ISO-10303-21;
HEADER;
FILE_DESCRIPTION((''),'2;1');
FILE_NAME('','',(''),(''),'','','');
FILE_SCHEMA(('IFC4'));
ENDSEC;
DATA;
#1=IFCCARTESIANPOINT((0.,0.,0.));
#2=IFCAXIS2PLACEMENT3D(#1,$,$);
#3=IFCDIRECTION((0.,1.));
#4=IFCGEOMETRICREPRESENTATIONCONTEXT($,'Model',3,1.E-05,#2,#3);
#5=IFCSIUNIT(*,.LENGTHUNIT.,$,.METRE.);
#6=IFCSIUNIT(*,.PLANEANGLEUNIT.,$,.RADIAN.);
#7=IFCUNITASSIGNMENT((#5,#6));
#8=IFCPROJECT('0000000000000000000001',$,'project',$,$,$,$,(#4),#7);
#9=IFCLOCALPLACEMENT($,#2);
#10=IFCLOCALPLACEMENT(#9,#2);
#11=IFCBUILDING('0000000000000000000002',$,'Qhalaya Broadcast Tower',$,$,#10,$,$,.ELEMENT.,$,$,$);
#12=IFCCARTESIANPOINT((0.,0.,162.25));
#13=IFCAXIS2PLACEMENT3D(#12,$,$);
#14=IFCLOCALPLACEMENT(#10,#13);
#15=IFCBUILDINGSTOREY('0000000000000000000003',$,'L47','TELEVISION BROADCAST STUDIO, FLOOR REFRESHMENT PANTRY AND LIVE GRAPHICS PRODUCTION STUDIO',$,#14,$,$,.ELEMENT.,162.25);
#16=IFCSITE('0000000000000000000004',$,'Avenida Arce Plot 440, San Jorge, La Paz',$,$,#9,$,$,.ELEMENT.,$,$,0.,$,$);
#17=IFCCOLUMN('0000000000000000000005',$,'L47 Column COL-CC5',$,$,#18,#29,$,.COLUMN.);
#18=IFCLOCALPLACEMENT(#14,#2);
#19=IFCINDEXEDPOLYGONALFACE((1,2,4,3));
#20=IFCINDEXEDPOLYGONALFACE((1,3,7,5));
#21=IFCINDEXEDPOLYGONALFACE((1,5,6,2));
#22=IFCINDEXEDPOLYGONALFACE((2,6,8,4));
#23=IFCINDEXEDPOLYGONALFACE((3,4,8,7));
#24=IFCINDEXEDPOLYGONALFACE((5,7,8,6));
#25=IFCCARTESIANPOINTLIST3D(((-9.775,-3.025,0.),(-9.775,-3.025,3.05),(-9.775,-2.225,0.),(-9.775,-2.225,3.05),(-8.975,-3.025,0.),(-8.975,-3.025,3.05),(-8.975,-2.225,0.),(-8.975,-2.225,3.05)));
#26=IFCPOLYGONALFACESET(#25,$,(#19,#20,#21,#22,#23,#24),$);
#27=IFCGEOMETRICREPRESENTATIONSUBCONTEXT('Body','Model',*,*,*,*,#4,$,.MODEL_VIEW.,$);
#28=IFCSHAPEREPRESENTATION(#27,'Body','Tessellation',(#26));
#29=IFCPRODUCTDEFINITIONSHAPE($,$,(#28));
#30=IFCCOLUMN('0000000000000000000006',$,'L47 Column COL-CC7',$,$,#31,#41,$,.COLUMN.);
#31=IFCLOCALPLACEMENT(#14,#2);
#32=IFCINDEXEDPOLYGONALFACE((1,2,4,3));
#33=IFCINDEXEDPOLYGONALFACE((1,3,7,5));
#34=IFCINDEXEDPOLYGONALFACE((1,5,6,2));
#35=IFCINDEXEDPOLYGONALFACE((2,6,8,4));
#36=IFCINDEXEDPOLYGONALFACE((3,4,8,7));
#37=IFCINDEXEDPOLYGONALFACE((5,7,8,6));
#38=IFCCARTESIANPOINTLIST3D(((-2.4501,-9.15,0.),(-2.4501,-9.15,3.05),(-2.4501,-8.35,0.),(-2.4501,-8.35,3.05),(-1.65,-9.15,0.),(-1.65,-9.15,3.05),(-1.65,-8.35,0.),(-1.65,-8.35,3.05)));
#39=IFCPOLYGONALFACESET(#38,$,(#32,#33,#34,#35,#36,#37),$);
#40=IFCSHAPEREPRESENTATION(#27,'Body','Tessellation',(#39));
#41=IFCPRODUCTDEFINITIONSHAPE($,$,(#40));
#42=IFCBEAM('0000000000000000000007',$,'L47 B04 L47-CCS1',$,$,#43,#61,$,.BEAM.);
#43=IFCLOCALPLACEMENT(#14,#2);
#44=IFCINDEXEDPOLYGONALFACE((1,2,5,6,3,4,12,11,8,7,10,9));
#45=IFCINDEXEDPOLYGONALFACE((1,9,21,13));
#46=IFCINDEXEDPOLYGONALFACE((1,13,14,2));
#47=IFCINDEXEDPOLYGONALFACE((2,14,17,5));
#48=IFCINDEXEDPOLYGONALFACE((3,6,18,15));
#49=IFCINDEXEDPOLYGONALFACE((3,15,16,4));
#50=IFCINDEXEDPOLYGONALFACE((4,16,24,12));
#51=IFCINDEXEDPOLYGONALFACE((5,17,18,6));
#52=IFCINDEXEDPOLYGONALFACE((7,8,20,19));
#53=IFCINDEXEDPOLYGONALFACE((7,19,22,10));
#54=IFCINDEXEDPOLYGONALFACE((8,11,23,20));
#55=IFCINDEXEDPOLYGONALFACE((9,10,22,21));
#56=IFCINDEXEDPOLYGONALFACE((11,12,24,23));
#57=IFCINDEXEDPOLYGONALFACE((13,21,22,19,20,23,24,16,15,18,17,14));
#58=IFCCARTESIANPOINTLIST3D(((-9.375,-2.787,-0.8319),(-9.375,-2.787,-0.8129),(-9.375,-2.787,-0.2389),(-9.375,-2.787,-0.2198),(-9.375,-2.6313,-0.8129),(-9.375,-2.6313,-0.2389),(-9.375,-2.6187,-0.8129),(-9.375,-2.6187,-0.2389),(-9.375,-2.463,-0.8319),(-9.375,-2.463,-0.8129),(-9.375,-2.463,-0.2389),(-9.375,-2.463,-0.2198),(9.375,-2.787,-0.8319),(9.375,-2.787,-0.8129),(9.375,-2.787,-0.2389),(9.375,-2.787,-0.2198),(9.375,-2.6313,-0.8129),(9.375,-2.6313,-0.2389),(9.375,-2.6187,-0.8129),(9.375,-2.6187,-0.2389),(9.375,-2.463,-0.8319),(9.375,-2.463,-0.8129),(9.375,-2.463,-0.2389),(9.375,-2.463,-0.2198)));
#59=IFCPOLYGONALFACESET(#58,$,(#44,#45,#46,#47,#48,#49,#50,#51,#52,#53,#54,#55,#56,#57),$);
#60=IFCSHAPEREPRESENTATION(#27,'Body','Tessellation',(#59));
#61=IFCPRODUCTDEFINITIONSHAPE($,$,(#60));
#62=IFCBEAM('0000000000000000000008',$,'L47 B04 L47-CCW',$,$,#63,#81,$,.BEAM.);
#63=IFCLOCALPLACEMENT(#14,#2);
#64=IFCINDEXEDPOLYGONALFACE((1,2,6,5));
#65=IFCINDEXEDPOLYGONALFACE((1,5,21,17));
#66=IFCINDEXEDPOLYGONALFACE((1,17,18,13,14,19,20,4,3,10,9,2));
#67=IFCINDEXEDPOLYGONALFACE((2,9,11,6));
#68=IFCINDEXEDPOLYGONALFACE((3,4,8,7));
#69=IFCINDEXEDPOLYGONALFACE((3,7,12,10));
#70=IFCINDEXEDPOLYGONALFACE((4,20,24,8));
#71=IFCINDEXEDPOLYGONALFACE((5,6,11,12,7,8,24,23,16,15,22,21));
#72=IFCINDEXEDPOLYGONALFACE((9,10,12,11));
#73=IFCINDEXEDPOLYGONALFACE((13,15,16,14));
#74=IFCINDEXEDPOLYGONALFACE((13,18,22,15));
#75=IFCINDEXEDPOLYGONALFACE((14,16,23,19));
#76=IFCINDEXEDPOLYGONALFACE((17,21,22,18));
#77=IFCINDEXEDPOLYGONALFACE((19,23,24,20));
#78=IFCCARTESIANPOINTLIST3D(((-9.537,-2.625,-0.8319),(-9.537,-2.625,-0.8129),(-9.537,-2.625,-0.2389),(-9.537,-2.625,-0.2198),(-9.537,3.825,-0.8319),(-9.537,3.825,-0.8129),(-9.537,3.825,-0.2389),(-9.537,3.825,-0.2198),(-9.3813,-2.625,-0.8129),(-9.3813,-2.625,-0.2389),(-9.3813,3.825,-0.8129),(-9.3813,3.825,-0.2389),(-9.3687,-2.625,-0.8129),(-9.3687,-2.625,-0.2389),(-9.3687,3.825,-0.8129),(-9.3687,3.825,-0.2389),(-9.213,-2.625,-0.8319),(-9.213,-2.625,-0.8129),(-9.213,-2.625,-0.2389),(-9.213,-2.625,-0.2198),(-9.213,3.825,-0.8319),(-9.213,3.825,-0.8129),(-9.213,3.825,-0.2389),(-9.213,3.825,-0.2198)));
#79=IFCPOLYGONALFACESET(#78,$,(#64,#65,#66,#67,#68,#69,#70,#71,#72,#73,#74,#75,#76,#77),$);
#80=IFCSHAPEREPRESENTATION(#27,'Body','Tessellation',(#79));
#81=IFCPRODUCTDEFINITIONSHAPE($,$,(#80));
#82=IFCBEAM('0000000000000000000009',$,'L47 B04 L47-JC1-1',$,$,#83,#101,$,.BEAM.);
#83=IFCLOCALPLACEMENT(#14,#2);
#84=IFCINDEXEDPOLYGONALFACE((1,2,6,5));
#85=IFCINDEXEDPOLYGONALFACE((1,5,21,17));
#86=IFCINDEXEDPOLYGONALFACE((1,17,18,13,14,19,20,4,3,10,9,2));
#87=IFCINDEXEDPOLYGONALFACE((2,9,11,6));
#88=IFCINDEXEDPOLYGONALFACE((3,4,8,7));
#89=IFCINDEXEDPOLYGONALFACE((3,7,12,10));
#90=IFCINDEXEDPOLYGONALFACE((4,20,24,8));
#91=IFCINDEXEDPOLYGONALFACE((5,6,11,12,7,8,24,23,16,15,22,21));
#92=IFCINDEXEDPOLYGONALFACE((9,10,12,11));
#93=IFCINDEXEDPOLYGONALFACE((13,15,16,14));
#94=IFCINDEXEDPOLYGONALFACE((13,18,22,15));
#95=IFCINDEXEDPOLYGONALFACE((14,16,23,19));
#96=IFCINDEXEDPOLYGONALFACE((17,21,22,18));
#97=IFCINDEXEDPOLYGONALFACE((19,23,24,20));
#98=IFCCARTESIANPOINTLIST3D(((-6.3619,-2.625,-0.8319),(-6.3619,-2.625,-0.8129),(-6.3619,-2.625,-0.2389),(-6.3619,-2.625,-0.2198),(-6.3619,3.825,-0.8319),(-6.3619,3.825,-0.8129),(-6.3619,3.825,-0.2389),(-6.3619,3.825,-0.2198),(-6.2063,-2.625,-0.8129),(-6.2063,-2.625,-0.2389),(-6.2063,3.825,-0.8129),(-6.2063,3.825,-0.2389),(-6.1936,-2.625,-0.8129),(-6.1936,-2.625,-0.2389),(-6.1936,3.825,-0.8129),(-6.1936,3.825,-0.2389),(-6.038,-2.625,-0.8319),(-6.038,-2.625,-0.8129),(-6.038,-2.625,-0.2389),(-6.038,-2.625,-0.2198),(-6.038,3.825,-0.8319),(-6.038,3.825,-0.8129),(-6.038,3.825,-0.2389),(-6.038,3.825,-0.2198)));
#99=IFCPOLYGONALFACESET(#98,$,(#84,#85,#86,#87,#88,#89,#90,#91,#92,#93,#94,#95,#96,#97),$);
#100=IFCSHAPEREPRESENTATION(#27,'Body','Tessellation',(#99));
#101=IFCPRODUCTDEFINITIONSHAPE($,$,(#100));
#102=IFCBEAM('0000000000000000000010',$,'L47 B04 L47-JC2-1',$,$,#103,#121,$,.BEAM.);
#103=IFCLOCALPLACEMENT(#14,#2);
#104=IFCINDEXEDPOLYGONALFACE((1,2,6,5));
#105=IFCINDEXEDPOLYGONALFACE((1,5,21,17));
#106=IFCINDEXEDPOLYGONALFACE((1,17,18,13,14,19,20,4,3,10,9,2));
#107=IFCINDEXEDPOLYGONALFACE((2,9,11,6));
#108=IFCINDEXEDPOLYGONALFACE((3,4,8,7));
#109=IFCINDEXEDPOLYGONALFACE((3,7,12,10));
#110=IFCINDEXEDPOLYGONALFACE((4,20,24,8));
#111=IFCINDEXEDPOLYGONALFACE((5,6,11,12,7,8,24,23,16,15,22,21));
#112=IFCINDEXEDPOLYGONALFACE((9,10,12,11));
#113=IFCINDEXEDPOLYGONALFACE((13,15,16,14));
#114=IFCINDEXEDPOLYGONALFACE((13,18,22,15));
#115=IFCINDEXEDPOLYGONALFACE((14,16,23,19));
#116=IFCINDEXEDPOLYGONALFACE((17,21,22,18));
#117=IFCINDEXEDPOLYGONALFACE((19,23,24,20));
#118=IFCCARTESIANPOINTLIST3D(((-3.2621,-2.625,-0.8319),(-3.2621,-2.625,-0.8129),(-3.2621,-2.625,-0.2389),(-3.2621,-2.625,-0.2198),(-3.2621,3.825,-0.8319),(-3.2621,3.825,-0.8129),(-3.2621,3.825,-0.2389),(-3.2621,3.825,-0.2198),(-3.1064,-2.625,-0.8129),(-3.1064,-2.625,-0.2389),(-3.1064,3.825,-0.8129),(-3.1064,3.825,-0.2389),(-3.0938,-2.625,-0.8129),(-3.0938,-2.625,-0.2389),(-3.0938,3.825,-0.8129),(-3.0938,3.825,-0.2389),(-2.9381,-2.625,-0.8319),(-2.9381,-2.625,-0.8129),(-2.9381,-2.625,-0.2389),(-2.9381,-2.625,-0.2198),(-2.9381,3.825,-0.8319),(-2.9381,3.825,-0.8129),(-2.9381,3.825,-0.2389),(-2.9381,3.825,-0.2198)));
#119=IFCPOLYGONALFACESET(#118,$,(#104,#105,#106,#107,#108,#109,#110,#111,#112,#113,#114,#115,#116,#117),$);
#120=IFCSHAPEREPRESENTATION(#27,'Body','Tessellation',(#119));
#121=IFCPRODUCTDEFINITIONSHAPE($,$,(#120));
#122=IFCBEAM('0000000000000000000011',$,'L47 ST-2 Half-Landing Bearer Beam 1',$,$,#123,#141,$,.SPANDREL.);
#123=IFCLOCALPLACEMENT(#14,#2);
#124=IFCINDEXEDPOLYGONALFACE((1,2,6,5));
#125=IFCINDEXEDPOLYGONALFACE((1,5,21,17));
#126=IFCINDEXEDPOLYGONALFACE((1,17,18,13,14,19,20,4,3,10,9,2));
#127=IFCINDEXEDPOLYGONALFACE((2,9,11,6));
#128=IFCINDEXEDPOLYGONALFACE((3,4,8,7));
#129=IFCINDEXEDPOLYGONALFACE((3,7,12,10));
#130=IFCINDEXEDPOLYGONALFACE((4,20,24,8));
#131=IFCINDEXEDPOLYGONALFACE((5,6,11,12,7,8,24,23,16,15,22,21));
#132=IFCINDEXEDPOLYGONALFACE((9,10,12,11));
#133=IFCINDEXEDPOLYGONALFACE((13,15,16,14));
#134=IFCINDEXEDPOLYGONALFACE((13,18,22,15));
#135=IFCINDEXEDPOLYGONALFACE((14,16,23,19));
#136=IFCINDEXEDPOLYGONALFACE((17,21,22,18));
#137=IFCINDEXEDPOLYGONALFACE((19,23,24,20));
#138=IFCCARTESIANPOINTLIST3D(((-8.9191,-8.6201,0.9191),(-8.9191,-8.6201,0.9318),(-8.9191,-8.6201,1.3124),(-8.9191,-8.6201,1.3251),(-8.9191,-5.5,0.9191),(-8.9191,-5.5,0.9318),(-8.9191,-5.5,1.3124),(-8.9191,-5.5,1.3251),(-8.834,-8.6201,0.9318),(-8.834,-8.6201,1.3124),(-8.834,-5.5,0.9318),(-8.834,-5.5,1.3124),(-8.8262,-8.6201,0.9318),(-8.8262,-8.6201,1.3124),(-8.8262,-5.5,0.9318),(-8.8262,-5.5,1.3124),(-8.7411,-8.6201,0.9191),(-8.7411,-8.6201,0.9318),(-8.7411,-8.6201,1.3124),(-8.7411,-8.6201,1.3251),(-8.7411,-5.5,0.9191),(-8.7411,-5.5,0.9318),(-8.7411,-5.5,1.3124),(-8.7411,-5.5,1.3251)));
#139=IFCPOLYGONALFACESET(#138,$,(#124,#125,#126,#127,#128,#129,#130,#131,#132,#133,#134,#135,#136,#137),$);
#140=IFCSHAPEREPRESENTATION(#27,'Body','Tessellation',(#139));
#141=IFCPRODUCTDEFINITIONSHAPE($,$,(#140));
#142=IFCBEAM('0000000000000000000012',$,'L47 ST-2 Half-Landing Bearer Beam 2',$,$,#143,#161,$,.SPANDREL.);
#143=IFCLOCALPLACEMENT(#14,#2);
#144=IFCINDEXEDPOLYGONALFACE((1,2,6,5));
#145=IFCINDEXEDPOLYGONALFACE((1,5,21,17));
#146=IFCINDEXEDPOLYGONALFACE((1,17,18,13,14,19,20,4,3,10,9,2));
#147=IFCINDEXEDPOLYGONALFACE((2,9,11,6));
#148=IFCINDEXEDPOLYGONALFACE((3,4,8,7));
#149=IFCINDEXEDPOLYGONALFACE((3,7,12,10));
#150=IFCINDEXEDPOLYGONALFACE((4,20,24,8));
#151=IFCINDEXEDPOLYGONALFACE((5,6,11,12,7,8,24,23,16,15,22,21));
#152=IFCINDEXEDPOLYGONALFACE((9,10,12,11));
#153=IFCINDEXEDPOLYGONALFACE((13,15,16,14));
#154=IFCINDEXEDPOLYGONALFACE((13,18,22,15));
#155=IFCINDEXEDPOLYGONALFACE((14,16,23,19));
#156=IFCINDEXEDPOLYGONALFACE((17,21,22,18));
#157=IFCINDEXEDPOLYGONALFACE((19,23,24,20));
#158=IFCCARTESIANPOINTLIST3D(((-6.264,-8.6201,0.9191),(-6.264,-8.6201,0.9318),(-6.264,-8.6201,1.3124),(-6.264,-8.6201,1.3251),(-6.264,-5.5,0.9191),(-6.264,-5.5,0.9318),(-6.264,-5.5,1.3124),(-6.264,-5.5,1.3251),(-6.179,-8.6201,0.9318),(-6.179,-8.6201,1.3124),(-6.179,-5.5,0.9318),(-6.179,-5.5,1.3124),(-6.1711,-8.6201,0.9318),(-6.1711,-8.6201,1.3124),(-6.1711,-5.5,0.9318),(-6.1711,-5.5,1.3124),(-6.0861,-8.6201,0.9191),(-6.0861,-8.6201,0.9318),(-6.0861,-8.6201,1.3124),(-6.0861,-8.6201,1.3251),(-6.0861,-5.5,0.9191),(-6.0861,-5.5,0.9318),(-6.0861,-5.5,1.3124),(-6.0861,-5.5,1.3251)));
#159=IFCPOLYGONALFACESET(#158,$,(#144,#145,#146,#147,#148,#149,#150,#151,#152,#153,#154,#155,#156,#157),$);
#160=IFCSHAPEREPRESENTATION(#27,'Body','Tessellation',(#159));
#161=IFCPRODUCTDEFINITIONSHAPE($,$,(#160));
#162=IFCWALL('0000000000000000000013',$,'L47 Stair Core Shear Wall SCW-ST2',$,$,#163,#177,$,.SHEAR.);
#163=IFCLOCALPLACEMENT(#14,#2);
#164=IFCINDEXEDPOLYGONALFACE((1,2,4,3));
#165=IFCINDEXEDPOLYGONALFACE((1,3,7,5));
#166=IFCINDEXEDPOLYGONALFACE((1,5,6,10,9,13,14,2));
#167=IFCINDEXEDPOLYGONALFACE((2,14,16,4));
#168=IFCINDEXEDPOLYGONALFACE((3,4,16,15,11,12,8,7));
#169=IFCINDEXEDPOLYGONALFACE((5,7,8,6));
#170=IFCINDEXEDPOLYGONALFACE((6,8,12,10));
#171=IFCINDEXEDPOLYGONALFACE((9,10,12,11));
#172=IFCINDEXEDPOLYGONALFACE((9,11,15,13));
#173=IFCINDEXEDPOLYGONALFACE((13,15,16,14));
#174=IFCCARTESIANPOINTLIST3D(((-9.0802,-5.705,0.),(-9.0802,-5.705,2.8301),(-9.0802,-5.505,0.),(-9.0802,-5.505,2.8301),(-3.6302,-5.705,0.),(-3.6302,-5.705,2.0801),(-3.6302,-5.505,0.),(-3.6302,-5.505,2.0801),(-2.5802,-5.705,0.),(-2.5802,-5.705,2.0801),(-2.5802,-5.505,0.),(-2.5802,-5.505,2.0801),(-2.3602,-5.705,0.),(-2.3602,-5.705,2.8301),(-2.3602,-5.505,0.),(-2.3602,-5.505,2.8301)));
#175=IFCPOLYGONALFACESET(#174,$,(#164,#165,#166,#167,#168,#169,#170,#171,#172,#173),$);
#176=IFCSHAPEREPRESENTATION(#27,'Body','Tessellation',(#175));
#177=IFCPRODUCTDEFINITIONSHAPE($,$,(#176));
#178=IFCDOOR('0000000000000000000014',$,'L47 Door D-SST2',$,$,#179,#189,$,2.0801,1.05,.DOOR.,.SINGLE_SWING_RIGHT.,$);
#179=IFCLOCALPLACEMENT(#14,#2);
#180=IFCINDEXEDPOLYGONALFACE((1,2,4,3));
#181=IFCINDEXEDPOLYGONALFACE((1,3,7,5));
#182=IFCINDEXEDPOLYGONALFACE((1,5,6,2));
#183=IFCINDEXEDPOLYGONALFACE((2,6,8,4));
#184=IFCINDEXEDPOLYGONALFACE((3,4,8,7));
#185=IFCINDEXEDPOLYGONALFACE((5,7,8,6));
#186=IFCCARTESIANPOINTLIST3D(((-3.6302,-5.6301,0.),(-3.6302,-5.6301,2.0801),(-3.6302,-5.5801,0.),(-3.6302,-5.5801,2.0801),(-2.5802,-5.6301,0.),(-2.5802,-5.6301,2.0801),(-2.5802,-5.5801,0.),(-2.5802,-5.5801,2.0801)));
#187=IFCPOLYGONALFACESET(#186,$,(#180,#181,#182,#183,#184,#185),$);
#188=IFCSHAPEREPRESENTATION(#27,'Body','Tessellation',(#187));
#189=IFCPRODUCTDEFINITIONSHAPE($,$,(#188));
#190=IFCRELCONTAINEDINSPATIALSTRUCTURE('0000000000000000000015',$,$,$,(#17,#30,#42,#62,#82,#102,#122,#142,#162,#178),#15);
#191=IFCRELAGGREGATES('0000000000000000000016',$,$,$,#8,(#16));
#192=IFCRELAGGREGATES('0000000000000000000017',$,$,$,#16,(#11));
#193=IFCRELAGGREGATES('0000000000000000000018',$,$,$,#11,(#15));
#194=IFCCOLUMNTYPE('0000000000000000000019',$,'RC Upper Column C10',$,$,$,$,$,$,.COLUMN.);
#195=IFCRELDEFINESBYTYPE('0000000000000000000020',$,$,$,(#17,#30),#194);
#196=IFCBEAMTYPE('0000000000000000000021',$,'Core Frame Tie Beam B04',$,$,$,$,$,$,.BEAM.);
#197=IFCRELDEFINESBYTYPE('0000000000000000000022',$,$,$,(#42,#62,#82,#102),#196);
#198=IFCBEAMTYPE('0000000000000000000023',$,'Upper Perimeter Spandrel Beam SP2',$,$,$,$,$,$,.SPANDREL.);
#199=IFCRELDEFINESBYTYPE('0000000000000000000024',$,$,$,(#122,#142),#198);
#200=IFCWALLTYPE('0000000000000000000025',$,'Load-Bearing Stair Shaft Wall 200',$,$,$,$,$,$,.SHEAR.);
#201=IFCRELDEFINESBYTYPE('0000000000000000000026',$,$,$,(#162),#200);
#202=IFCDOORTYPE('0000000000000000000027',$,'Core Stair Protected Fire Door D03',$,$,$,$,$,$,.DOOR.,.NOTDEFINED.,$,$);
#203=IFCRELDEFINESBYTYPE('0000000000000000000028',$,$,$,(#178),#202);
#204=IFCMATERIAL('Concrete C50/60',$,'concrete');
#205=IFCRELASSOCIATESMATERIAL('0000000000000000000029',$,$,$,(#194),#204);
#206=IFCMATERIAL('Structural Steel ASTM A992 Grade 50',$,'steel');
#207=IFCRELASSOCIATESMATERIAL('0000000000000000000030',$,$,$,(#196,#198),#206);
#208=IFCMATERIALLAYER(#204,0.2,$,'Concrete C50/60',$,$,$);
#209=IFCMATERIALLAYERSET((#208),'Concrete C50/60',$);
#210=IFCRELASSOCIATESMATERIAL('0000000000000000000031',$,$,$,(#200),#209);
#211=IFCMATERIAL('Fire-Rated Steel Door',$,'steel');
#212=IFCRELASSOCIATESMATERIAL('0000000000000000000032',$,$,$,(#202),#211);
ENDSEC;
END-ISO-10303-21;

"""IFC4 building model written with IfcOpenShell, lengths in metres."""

from ifc_helpers import new_model, si_unit, direction, frame, frame_2d, origin, origin_2d, place, context, subcontext, project, spatial, rectangle, i_section, extrude, material, layer, layer_set, material_profile, profile_set, type_object, element, fill, save


model = new_model("IFC4")

# Units and contexts
model_context = context("Model", 3, precision=1e-05, world=origin(), true_north=direction((0.0, 1.0)))
body_context = subcontext(model_context, "Body", "Model", "MODEL_VIEW")
ifc_project = project(units=[si_unit("LENGTHUNIT", "METRE"), si_unit("PLANEANGLEUNIT", "RADIAN")], contexts=[model_context])

# Site, building, storey
site_placement = place(None, origin())
site = spatial("IfcSite", under=ifc_project, at=site_placement, Name="Avenida Arce Plot 440, San Jorge, La Paz", CompositionType="ELEMENT", RefElevation=0.0)
building_placement = place(site_placement, origin())
building = spatial("IfcBuilding", under=site, at=building_placement, Name="Qhalaya Broadcast Tower", CompositionType="ELEMENT")
storey_placement = place(building_placement, frame((0.0, 0.0, 162.25)))
storey = spatial("IfcBuildingStorey", under=building, at=storey_placement, Name="L47", Description="TELEVISION BROADCAST STUDIO, FLOOR REFRESHMENT PANTRY AND LIVE GRAPHICS PRODUCTION STUDIO", CompositionType="ELEMENT", Elevation=162.25)

# Columns
ifc_material_1 = material(Name="Concrete C50/60", Category="concrete")
ifc_material_profile_1 = material_profile(ifc_material_1, rectangle(XDim=0.8, YDim=0.8, at=origin_2d()), Name="RC-COL 800x800")
ifc_profile_set_1 = profile_set([ifc_material_profile_1], Name="Concrete C50/60")
column_type = type_object("IfcColumnType", Name="RC Upper Column C10", PredefinedType="COLUMN", material=ifc_profile_set_1)
for number, where, z_axis, x_axis, name in (
    (1, (-9.375, -2.625, 0.0), (0.0, 0.0, 1.0), (1.0, 0.0, 0.0), "L47 Column COL-CC5"),
    (2, (-2.05, -8.75, 0.0), (0.0, 0.0, 1.0), (1.0, 0.0, 0.0), "L47 Column COL-CC7"),
):
    element("IfcColumn", number, at=place(storey_placement, frame(where, z_axis=z_axis, x_axis=x_axis)), inside=storey, type_object=column_type, Name=name, PredefinedType="COLUMN", context=body_context, shape_type="SweptSolid", body=[
        extrude(rectangle(XDim=0.8, YDim=0.8, at=origin_2d()), origin(), (0.0, 0.0, 1.0), 3.05),
    ])

# Beams
ifc_material_2 = material(Name="Structural Steel ASTM A992 Grade 50", Category="steel")
ifc_material_profile_2 = material_profile(ifc_material_2, i_section(OverallWidth=0.324, OverallDepth=0.6121, WebThickness=0.0127, FlangeThickness=0.019, at=origin_2d()), Name="W24X104")
ifc_profile_set_2 = profile_set([ifc_material_profile_2], Name="Structural Steel ASTM A992 Grade 50")
beam_type_1 = type_object("IfcBeamType", Name="Core Frame Tie Beam B04", PredefinedType="BEAM", material=ifc_profile_set_2)
beam_placement = place(storey_placement, frame((-9.375, -2.625, -0.5259), z_axis=(1.0, 0.0, 0.0), x_axis=(0.0, 1.0, 0.0)))
element("IfcBeam", 3, at=beam_placement, inside=storey, type_object=beam_type_1, Name="L47 B04 L47-CCS1", PredefinedType="BEAM", context=body_context, shape_type="SweptSolid", body=[
    extrude(i_section(OverallWidth=0.324, OverallDepth=0.6121, WebThickness=0.0127, FlangeThickness=0.019, at=origin_2d()), origin(), (0.0, 0.0, 1.0), 18.75),
])
for number, where, z_axis, x_axis, name in (
    (4, (-9.375, -2.625, -0.5259), (0.0, 1.0, 0.0), (-1.0, 0.0, 0.0), "L47 B04 L47-CCW"),
    (5, (-6.2, -2.625, -0.5259), (0.0, 1.0, 0.0), (-1.0, 0.0, 0.0), "L47 B04 L47-JC1-1"),
    (6, (-3.1001, -2.625, -0.5259), (0.0, 1.0, 0.0), (-1.0, 0.0, 0.0), "L47 B04 L47-JC2-1"),
):
    element("IfcBeam", number, at=place(storey_placement, frame(where, z_axis=z_axis, x_axis=x_axis)), inside=storey, type_object=beam_type_1, Name=name, PredefinedType="BEAM", context=body_context, shape_type="SweptSolid", body=[
        extrude(i_section(OverallWidth=0.324, OverallDepth=0.6121, WebThickness=0.0127, FlangeThickness=0.019, at=origin_2d()), origin(), (0.0, 0.0, 1.0), 6.45),
    ])
ifc_material_profile_3 = material_profile(ifc_material_2, i_section(OverallWidth=0.178, OverallDepth=0.406, WebThickness=0.0078, FlangeThickness=0.0127, at=origin_2d()), Name="W16X40")
ifc_profile_set_3 = profile_set([ifc_material_profile_3], Name="Structural Steel ASTM A992 Grade 50")
beam_type_2 = type_object("IfcBeamType", Name="Upper Perimeter Spandrel Beam SP2", PredefinedType="SPANDREL", material=ifc_profile_set_3)
for number, where, z_axis, x_axis, name in (
    (7, (-8.8301, -8.6201, 1.1221), (0.0, 1.0, 0.0), (-1.0, 0.0, 0.0), "L47 ST-2 Half-Landing Bearer Beam 1"),
    (8, (-6.175, -8.6201, 1.1221), (0.0, 1.0, 0.0), (-1.0, 0.0, 0.0), "L47 ST-2 Half-Landing Bearer Beam 2"),
):
    element("IfcBeam", number, at=place(storey_placement, frame(where, z_axis=z_axis, x_axis=x_axis)), inside=storey, type_object=beam_type_2, Name=name, PredefinedType="SPANDREL", context=body_context, shape_type="SweptSolid", body=[
        extrude(i_section(OverallWidth=0.178, OverallDepth=0.406, WebThickness=0.0078, FlangeThickness=0.0127, at=origin_2d()), origin(), (0.0, 0.0, 1.0), 3.1201),
    ])

# Wall, opening, door
ifc_layer_1 = layer(ifc_material_1, 0.2, Name="Concrete C50/60")
ifc_layer_set_1 = layer_set([ifc_layer_1], Name="Concrete C50/60")
wall_type_1 = type_object("IfcWallType", Name="Load-Bearing Stair Shaft Wall 200", PredefinedType="SHEAR", material=ifc_layer_set_1)
wall_1_placement = place(storey_placement, frame((-9.0801, -5.605, 0.0), z_axis=(0.0, 0.0, 1.0), x_axis=(1.0, 0.0, 0.0)))
wall_1 = element("IfcWall", 9, at=wall_1_placement, inside=storey, type_object=wall_type_1, Name="L47 Stair Core Shear Wall SCW-ST2", PredefinedType="SHEAR", context=body_context, shape_type="SweptSolid", body=[
    extrude(rectangle(XDim=6.72, YDim=0.2, at=frame_2d((3.3599, 0.0))), origin(), (0.0, 0.0, 1.0), 2.8301),
])
opening_1_placement = place(wall_1_placement, frame((5.45, 0.0, 0.0)))
opening_1 = element("IfcOpeningElement", 10, at=opening_1_placement, cuts=wall_1, PredefinedType="OPENING", context=body_context, shape_type="SweptSolid", body=[
    extrude(rectangle(XDim=1.05, YDim=2.0801, at=frame_2d((0.5249, 1.04))), frame((0.0, 0.1121, 0.0), z_axis=(0.0, -1.0, 0.0), x_axis=(1.0, 0.0, 0.0)), (0.0, 0.0, 1.0), 0.2239),
])
ifc_material_3 = material(Name="Fire-Rated Steel Door", Category="steel")
door_type_1 = type_object("IfcDoorType", Name="Core Stair Protected Fire Door D03", OperationType="NOTDEFINED", PredefinedType="DOOR", material=ifc_material_3)
door_1_placement = place(opening_1_placement, origin())
door_1 = element("IfcDoor", 11, at=door_1_placement, inside=storey, type_object=door_type_1, Name="L47 Door D-SST2", OperationType="SINGLE_SWING_RIGHT", OverallHeight=2.0801, OverallWidth=1.05, PredefinedType="DOOR", context=body_context, shape_type="SweptSolid", body=[
    extrude(rectangle(XDim=1.05, YDim=2.0801, at=frame_2d((0.5249, 1.04))), frame((0.0, 0.0249, 0.0), z_axis=(0.0, -1.0, 0.0), x_axis=(1.0, 0.0, 0.0)), (0.0, 0.0, 1.0), 0.05),
])
fill(opening_1, door_1)

save(model, "model.ifc")
